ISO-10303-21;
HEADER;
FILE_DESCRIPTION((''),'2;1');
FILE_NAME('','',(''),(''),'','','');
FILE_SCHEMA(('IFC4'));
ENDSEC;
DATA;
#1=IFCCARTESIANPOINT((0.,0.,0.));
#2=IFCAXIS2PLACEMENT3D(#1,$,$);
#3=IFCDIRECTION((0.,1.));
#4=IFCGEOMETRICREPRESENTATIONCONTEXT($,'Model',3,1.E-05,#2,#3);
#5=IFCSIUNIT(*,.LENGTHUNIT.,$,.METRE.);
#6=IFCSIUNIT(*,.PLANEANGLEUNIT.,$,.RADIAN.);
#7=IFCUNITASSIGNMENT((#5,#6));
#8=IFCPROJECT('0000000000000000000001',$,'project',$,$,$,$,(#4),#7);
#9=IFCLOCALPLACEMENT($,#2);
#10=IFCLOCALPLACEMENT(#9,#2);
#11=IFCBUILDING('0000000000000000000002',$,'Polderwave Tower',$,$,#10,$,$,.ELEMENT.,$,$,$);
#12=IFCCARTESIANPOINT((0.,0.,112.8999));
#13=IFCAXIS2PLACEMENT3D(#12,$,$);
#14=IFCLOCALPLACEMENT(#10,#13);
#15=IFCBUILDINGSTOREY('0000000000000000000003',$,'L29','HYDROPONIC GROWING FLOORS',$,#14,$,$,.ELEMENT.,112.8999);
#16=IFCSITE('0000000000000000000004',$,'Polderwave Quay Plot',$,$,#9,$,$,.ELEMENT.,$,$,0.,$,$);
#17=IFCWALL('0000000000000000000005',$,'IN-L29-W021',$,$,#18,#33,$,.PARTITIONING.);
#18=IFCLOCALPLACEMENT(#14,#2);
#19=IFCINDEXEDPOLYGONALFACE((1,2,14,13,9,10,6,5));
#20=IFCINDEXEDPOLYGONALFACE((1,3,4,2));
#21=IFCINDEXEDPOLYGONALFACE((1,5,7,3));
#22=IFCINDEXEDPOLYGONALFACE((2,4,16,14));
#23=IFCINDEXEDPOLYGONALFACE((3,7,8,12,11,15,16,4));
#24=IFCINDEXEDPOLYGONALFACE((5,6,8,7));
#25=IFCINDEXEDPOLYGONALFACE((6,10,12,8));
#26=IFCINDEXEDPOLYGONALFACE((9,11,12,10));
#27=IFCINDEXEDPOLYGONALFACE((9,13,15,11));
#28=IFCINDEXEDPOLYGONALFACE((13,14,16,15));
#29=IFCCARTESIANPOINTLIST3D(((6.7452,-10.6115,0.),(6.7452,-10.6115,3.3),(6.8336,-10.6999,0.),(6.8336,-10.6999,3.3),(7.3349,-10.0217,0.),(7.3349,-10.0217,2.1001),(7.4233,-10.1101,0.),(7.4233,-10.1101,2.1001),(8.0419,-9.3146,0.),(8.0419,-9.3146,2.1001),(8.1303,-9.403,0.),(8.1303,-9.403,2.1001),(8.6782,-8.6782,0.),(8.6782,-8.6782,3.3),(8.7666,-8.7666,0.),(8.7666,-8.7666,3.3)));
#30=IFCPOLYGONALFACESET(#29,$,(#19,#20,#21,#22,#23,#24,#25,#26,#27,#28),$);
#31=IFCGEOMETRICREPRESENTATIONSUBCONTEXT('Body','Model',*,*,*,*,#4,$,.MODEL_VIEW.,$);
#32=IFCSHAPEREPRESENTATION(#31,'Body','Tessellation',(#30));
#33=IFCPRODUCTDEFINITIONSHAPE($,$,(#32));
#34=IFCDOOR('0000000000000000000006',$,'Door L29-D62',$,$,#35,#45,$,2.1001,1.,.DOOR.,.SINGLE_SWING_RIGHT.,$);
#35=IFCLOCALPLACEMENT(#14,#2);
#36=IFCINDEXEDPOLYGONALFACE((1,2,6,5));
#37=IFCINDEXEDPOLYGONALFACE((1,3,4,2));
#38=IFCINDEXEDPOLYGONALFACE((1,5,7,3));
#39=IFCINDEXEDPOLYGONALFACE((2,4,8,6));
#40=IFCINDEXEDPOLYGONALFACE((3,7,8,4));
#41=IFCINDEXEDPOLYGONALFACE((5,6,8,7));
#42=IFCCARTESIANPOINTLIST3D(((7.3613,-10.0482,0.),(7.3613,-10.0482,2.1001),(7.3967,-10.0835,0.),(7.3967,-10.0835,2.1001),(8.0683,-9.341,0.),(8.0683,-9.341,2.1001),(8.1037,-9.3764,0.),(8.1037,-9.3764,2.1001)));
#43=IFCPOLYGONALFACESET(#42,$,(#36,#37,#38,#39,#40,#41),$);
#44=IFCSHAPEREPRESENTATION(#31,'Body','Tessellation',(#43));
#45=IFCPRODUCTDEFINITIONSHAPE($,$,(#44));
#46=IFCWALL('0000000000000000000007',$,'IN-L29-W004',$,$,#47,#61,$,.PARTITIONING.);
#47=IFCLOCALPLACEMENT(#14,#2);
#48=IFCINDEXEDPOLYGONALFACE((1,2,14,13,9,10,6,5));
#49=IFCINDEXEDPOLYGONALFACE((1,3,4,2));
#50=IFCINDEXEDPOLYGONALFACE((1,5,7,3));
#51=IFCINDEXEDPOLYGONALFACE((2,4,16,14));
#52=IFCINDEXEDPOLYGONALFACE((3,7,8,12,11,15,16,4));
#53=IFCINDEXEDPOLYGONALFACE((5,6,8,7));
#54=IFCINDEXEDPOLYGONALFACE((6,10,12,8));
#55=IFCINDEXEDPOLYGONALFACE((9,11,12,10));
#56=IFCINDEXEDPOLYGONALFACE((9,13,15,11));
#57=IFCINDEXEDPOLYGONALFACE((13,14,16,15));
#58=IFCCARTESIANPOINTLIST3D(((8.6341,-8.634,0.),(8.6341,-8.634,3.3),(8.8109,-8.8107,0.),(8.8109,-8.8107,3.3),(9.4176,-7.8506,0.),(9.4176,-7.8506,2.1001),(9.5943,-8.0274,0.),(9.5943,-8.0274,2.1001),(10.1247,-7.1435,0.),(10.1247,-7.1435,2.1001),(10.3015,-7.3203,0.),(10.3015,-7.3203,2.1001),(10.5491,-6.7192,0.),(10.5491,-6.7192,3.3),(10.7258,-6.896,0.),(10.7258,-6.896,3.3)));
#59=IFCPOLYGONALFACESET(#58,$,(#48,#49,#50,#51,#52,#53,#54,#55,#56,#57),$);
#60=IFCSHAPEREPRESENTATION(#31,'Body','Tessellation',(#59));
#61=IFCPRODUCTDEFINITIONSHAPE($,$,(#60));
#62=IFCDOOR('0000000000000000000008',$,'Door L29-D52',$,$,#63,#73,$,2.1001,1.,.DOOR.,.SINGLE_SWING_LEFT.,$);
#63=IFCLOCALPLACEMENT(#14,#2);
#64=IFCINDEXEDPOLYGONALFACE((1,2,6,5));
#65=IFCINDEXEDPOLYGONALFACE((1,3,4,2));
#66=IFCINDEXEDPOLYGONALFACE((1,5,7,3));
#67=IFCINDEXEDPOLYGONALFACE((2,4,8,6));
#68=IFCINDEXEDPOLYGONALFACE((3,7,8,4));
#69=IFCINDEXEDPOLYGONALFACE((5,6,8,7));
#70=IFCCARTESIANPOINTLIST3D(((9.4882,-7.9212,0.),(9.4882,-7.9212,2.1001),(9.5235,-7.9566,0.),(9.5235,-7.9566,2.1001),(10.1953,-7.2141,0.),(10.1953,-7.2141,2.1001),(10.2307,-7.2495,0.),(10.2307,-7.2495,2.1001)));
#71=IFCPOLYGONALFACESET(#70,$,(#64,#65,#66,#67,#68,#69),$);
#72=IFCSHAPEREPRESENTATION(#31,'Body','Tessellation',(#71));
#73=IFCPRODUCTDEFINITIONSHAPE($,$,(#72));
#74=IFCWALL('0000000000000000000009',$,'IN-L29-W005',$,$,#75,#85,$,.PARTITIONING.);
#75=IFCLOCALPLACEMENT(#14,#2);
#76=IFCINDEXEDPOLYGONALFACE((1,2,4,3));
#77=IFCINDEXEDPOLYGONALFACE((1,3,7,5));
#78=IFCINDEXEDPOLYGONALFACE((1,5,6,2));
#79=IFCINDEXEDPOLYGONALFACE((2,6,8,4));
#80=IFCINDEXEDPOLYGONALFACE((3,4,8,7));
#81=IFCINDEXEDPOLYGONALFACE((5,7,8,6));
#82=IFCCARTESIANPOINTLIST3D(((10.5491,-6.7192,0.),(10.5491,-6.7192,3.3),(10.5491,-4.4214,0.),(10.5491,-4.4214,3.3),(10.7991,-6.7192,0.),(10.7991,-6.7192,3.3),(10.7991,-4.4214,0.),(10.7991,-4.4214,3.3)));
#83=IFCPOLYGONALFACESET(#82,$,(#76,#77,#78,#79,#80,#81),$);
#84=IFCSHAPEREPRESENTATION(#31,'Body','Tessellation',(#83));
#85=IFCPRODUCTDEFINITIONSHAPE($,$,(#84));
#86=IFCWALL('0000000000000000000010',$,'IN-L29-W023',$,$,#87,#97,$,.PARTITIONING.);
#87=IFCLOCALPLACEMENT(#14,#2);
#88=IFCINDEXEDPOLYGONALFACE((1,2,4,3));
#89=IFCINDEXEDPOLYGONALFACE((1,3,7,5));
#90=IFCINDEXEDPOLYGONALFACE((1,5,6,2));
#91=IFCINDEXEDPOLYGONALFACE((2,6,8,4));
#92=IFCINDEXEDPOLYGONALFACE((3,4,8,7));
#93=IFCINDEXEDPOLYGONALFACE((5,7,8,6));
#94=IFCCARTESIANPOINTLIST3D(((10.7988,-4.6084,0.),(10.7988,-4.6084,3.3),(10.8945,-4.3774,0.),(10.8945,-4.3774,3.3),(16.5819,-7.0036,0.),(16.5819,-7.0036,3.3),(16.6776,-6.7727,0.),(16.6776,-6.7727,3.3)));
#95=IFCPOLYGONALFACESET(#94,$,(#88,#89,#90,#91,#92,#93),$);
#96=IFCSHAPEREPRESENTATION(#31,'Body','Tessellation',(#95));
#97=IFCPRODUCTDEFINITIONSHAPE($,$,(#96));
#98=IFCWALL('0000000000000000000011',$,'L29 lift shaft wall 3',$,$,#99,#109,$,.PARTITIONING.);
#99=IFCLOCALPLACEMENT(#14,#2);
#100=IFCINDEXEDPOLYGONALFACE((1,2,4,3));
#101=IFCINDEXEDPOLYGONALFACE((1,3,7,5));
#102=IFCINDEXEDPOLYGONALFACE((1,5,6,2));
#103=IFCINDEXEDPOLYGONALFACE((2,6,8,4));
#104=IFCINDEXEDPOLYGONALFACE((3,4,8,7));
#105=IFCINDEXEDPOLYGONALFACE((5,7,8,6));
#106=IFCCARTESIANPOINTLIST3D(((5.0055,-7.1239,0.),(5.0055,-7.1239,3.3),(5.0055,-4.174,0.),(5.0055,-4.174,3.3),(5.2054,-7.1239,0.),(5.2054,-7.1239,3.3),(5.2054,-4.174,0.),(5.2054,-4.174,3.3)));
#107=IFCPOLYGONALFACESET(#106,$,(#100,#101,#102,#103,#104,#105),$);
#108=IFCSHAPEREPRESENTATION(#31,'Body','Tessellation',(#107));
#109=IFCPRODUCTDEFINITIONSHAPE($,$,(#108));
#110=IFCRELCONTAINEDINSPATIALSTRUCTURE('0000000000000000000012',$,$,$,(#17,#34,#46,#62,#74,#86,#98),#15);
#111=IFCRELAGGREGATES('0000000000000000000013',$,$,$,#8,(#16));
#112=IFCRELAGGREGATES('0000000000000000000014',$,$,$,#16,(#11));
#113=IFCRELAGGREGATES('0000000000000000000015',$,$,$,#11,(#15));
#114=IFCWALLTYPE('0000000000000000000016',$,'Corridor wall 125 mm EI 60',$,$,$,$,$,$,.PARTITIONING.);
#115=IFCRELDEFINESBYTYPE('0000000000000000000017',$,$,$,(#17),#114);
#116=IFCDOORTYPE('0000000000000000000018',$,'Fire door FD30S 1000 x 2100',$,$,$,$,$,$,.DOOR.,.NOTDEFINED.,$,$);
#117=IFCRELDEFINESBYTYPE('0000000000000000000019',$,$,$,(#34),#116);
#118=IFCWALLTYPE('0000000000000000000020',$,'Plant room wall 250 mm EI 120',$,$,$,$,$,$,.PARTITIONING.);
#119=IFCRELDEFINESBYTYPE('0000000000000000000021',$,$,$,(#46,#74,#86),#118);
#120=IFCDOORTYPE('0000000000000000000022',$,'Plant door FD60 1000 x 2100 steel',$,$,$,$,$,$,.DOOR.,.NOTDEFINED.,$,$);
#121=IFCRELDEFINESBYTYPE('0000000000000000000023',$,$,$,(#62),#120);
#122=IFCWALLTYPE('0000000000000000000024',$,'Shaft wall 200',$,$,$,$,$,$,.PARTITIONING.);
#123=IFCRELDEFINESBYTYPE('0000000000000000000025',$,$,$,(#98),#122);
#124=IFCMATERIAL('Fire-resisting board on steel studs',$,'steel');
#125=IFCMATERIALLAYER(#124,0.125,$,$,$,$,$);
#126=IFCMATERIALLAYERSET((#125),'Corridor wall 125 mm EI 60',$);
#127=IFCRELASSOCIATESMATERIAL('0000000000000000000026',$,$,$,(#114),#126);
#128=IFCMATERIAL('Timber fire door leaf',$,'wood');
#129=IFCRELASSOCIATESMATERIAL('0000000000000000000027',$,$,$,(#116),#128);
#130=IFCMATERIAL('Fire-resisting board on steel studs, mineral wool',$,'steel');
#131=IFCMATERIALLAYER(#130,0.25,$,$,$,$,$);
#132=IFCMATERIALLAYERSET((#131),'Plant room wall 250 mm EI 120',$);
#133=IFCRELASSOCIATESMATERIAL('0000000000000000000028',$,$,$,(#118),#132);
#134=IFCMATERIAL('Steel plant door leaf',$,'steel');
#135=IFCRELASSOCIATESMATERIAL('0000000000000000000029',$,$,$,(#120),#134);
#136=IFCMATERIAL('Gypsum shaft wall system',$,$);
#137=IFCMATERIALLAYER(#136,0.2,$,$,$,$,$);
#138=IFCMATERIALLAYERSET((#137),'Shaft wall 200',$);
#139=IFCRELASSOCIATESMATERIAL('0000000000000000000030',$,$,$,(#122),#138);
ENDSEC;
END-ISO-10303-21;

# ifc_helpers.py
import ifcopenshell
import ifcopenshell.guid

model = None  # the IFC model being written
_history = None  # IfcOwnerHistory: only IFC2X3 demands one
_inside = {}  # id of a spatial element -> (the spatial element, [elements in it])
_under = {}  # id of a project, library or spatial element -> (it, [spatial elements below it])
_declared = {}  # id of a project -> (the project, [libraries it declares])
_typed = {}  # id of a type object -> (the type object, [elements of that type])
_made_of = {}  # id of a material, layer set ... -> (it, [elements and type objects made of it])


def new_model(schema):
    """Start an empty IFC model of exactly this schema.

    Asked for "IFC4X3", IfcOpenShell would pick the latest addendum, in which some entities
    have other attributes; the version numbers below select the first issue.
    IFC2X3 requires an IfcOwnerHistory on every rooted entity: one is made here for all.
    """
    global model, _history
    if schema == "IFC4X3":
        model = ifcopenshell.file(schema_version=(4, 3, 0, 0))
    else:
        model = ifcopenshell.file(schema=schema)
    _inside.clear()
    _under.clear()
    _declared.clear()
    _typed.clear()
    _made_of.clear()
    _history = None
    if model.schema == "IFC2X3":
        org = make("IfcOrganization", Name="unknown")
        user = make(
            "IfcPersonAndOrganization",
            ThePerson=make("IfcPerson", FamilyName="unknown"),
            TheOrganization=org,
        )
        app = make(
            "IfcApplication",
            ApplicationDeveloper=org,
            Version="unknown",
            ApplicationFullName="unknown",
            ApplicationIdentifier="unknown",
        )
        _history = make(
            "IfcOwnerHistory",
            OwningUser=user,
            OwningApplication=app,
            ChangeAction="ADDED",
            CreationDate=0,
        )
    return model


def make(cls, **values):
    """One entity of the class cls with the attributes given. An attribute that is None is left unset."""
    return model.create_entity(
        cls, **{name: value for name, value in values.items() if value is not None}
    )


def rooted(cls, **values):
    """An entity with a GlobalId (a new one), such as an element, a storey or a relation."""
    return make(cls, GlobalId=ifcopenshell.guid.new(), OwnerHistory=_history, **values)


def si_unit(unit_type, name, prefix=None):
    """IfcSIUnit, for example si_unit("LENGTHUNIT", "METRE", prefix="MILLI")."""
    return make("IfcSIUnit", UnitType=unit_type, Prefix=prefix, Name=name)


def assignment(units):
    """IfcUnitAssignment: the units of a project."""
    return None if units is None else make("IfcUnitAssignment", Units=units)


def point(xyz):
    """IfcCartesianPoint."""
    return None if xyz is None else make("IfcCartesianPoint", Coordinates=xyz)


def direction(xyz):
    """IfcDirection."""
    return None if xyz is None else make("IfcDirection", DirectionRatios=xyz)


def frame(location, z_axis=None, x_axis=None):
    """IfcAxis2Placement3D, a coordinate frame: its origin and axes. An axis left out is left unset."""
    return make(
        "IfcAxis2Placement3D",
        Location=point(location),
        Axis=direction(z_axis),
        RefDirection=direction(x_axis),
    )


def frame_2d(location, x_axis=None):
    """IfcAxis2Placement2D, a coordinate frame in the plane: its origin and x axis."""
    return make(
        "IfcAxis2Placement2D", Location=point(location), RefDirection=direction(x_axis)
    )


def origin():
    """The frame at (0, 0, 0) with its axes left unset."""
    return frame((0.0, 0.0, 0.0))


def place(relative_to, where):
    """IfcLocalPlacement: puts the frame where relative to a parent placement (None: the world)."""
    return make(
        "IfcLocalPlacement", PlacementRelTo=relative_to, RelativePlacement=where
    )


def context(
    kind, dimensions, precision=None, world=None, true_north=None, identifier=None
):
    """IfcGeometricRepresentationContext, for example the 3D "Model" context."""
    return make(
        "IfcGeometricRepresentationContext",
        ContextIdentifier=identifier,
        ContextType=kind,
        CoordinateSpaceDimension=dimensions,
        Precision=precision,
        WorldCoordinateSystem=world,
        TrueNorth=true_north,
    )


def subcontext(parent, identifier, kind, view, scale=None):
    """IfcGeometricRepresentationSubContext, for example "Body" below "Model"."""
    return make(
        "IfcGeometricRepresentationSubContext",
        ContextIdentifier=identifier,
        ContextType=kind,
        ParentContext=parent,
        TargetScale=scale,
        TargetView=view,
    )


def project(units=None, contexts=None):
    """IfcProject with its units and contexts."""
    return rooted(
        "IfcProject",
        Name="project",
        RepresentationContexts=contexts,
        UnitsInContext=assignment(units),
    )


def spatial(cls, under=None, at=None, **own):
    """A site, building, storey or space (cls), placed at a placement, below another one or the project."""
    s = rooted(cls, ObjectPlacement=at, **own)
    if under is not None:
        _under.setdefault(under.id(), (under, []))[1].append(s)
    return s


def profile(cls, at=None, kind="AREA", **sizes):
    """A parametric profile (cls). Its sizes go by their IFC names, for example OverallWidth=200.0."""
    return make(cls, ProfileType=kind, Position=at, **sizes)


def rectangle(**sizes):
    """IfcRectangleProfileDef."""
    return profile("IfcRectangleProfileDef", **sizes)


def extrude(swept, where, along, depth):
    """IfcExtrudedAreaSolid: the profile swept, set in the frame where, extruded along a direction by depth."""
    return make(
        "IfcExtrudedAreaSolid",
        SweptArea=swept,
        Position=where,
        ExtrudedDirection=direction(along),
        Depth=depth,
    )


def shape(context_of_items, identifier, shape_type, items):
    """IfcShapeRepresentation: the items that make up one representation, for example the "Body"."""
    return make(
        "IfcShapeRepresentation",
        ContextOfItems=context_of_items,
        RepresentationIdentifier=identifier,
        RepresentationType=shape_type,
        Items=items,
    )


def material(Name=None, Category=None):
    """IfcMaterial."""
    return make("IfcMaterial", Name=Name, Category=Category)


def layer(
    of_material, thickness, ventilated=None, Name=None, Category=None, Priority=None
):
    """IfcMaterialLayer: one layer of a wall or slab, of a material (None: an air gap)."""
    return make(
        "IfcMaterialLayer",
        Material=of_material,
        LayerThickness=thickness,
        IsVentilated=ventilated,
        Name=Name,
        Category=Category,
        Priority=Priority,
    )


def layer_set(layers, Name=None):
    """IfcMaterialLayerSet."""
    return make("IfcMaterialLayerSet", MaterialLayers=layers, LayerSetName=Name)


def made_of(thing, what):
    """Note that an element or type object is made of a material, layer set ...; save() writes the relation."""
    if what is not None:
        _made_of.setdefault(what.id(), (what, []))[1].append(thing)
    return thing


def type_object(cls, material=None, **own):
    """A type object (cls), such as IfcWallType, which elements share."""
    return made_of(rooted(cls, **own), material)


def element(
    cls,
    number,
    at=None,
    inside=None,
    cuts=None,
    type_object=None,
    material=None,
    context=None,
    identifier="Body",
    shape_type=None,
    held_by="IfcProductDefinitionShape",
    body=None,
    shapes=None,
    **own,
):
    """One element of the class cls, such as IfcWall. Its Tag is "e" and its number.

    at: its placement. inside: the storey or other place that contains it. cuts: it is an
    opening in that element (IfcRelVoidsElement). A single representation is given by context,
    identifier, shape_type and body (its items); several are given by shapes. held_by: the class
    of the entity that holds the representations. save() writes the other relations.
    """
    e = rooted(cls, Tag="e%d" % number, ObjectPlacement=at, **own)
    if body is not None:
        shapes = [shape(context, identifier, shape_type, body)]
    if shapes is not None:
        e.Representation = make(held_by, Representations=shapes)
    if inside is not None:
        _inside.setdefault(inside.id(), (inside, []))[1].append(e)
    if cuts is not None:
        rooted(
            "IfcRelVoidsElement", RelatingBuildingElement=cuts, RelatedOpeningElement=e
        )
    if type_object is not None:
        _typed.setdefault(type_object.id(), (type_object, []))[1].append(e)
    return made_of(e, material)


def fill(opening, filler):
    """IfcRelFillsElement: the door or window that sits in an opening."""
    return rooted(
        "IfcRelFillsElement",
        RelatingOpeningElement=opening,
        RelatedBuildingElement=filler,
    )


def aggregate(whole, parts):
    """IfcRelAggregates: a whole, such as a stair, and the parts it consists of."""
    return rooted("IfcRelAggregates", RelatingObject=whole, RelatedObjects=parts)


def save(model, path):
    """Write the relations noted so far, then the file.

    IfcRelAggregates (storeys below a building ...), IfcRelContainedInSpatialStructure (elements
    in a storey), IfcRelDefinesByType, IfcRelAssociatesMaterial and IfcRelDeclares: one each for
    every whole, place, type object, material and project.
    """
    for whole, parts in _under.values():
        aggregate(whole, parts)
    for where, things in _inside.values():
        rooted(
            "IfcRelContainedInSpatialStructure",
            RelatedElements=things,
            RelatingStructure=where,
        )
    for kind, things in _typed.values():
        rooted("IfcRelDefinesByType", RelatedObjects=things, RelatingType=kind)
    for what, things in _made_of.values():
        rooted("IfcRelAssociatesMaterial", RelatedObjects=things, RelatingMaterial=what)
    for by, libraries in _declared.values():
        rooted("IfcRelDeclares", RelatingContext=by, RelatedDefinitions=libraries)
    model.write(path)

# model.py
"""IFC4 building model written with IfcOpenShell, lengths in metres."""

from ifc_helpers import new_model, si_unit, direction, frame, frame_2d, origin, place, context, subcontext, project, spatial, rectangle, extrude, material, layer, layer_set, type_object, element, fill, save


model = new_model("IFC4")

# Units and contexts
model_context = context("Model", 3, precision=1e-05, world=origin(), true_north=direction((0.0, 1.0)))
body_context = subcontext(model_context, "Body", "Model", "MODEL_VIEW")
ifc_project = project(units=[si_unit("LENGTHUNIT", "METRE"), si_unit("PLANEANGLEUNIT", "RADIAN")], contexts=[model_context])

# Site, building, storey
site_placement = place(None, origin())
site = spatial("IfcSite", under=ifc_project, at=site_placement, Name="Polderwave Quay Plot", CompositionType="ELEMENT", RefElevation=0.0)
building_placement = place(site_placement, origin())
building = spatial("IfcBuilding", under=site, at=building_placement, Name="Polderwave Tower", CompositionType="ELEMENT")
storey_placement = place(building_placement, frame((0.0, 0.0, 112.8999)))
storey = spatial("IfcBuildingStorey", under=building, at=storey_placement, Name="L29", Description="HYDROPONIC GROWING FLOORS", CompositionType="ELEMENT", Elevation=112.8999)

# Walls, openings, doors
ifc_material_1 = material(Name="Fire-resisting board on steel studs", Category="steel")
ifc_layer_1 = layer(ifc_material_1, 0.125)
ifc_layer_set_1 = layer_set([ifc_layer_1], Name="Corridor wall 125 mm EI 60")
wall_type_1 = type_object("IfcWallType", Name="Corridor wall 125 mm EI 60", PredefinedType="PARTITIONING", material=ifc_layer_set_1)
wall_1_placement = place(storey_placement, frame((8.7224, -8.7224, 0.0), z_axis=(0.0, 0.0, 1.0), x_axis=(-0.707062, -0.707151, 0.0)))
wall_1 = element("IfcWall", 1, at=wall_1_placement, inside=storey, type_object=wall_type_1, Name="IN-L29-W021", PredefinedType="PARTITIONING", context=body_context, shape_type="SweptSolid", body=[
    extrude(rectangle(XDim=2.7339, YDim=0.125, at=frame_2d((1.3669, 0.0))), origin(), (0.0, 0.0, 1.0), 3.3),
])
opening_1_placement = place(wall_1_placement, frame((0.8999, 0.0, 0.0)))
opening_1 = element("IfcOpeningElement", 2, at=opening_1_placement, cuts=wall_1, PredefinedType="OPENING", context=body_context, shape_type="SweptSolid", body=[
    extrude(rectangle(XDim=1.0, YDim=2.1001, at=frame_2d((0.5, 1.05))), frame((0.0, 0.0725, 0.0), z_axis=(0.0, -1.0, 0.0), x_axis=(1.0, 0.0, 0.0)), (0.0, 0.0, 1.0), 0.145),
])
ifc_material_2 = material(Name="Timber fire door leaf", Category="wood")
door_type_1 = type_object("IfcDoorType", Name="Fire door FD30S 1000 x 2100", OperationType="NOTDEFINED", PredefinedType="DOOR", material=ifc_material_2)
door_1_placement = place(opening_1_placement, origin())
door_1 = element("IfcDoor", 3, at=door_1_placement, inside=storey, type_object=door_type_1, Name="Door L29-D62", OperationType="SINGLE_SWING_RIGHT", OverallHeight=2.1001, OverallWidth=1.0, PredefinedType="DOOR", context=body_context, shape_type="SweptSolid", body=[
    extrude(rectangle(XDim=1.0, YDim=2.1001, at=frame_2d((0.5, 1.05))), frame((0.0, 0.0249, 0.0), z_axis=(0.0, -1.0, 0.0), x_axis=(1.0, 0.0, 0.0)), (0.0, 0.0, 1.0), 0.05),
])
fill(opening_1, door_1)
ifc_material_3 = material(Name="Fire-resisting board on steel studs, mineral wool", Category="steel")
ifc_layer_2 = layer(ifc_material_3, 0.25)
ifc_layer_set_2 = layer_set([ifc_layer_2], Name="Plant room wall 250 mm EI 120")
wall_type_2 = type_object("IfcWallType", Name="Plant room wall 250 mm EI 120", PredefinedType="PARTITIONING", material=ifc_layer_set_2)
wall_2_placement = place(storey_placement, frame((10.6375, -6.8076, 0.0), z_axis=(0.0, 0.0, 1.0), x_axis=(-0.707152, -0.707062, 0.0)))
wall_2 = element("IfcWall", 4, at=wall_2_placement, inside=storey, type_object=wall_type_2, Name="IN-L29-W004", PredefinedType="PARTITIONING", context=body_context, shape_type="SweptSolid", body=[
    extrude(rectangle(XDim=2.708, YDim=0.25, at=frame_2d((1.354, 0.0))), origin(), (0.0, 0.0, 1.0), 3.3),
])
opening_2_placement = place(wall_2_placement, frame((0.6001, 0.0, 0.0)))
opening_2 = element("IfcOpeningElement", 5, at=opening_2_placement, cuts=wall_2, PredefinedType="OPENING", context=body_context, shape_type="SweptSolid", body=[
    extrude(rectangle(XDim=1.0, YDim=2.1001, at=frame_2d((0.5, 1.05))), frame((0.0, 0.135, 0.0), z_axis=(0.0, -1.0, 0.0), x_axis=(1.0, 0.0, 0.0)), (0.0, 0.0, 1.0), 0.27),
])
ifc_material_4 = material(Name="Steel plant door leaf", Category="steel")
door_type_2 = type_object("IfcDoorType", Name="Plant door FD60 1000 x 2100 steel", OperationType="NOTDEFINED", PredefinedType="DOOR", material=ifc_material_4)
door_2_placement = place(opening_2_placement, origin())
door_2 = element("IfcDoor", 6, at=door_2_placement, inside=storey, type_object=door_type_2, Name="Door L29-D52", OperationType="SINGLE_SWING_LEFT", OverallHeight=2.1001, OverallWidth=1.0, PredefinedType="DOOR", context=body_context, shape_type="SweptSolid", body=[
    extrude(rectangle(XDim=1.0, YDim=2.1001, at=frame_2d((0.5, 1.05))), frame((0.0, 0.0249, 0.0), z_axis=(0.0, -1.0, 0.0), x_axis=(1.0, 0.0, 0.0)), (0.0, 0.0, 1.0), 0.05),
])
fill(opening_2, door_2)

# Walls
wall_3_placement = place(storey_placement, frame((10.6741, -4.4214, 0.0), z_axis=(0.0, 0.0, 1.0), x_axis=(0.0, -1.0, 0.0)))
element("IfcWall", 7, at=wall_3_placement, inside=storey, type_object=wall_type_2, Name="IN-L29-W005", PredefinedType="PARTITIONING", context=body_context, shape_type="SweptSolid", body=[
    extrude(rectangle(XDim=2.2979, YDim=0.25, at=frame_2d((1.1489, 0.0))), origin(), (0.0, 0.0, 1.0), 3.3),
])
wall_4_placement = place(storey_placement, frame((16.6299, -6.8882, 0.0), z_axis=(0.0, 0.0, 1.0), x_axis=(-0.923892, 0.382654, 0.0)))
element("IfcWall", 8, at=wall_4_placement, inside=storey, type_object=wall_type_2, Name="IN-L29-W023", PredefinedType="PARTITIONING", context=body_context, shape_type="SweptSolid", body=[
    extrude(rectangle(XDim=6.2595, YDim=0.25, at=frame_2d((3.1299, 0.0))), origin(), (0.0, 0.0, 1.0), 3.3),
])
ifc_material_5 = material(Name="Gypsum shaft wall system")
ifc_layer_3 = layer(ifc_material_5, 0.2)
ifc_layer_set_3 = layer_set([ifc_layer_3], Name="Shaft wall 200")
wall_type_3 = type_object("IfcWallType", Name="Shaft wall 200", PredefinedType="PARTITIONING", material=ifc_layer_set_3)
wall_5_placement = place(storey_placement, frame((5.1055, -7.124, 0.0), z_axis=(0.0, 0.0, 1.0), x_axis=(0.0, 1.0, 0.0)))
element("IfcWall", 9, at=wall_5_placement, inside=storey, type_object=wall_type_3, Name="L29 lift shaft wall 3", PredefinedType="PARTITIONING", context=body_context, shape_type="SweptSolid", body=[
    extrude(rectangle(XDim=2.95, YDim=0.2, at=frame_2d((1.4751, 0.0))), origin(), (0.0, 0.0, 1.0), 3.3),
])

save(model, "model.ifc")
